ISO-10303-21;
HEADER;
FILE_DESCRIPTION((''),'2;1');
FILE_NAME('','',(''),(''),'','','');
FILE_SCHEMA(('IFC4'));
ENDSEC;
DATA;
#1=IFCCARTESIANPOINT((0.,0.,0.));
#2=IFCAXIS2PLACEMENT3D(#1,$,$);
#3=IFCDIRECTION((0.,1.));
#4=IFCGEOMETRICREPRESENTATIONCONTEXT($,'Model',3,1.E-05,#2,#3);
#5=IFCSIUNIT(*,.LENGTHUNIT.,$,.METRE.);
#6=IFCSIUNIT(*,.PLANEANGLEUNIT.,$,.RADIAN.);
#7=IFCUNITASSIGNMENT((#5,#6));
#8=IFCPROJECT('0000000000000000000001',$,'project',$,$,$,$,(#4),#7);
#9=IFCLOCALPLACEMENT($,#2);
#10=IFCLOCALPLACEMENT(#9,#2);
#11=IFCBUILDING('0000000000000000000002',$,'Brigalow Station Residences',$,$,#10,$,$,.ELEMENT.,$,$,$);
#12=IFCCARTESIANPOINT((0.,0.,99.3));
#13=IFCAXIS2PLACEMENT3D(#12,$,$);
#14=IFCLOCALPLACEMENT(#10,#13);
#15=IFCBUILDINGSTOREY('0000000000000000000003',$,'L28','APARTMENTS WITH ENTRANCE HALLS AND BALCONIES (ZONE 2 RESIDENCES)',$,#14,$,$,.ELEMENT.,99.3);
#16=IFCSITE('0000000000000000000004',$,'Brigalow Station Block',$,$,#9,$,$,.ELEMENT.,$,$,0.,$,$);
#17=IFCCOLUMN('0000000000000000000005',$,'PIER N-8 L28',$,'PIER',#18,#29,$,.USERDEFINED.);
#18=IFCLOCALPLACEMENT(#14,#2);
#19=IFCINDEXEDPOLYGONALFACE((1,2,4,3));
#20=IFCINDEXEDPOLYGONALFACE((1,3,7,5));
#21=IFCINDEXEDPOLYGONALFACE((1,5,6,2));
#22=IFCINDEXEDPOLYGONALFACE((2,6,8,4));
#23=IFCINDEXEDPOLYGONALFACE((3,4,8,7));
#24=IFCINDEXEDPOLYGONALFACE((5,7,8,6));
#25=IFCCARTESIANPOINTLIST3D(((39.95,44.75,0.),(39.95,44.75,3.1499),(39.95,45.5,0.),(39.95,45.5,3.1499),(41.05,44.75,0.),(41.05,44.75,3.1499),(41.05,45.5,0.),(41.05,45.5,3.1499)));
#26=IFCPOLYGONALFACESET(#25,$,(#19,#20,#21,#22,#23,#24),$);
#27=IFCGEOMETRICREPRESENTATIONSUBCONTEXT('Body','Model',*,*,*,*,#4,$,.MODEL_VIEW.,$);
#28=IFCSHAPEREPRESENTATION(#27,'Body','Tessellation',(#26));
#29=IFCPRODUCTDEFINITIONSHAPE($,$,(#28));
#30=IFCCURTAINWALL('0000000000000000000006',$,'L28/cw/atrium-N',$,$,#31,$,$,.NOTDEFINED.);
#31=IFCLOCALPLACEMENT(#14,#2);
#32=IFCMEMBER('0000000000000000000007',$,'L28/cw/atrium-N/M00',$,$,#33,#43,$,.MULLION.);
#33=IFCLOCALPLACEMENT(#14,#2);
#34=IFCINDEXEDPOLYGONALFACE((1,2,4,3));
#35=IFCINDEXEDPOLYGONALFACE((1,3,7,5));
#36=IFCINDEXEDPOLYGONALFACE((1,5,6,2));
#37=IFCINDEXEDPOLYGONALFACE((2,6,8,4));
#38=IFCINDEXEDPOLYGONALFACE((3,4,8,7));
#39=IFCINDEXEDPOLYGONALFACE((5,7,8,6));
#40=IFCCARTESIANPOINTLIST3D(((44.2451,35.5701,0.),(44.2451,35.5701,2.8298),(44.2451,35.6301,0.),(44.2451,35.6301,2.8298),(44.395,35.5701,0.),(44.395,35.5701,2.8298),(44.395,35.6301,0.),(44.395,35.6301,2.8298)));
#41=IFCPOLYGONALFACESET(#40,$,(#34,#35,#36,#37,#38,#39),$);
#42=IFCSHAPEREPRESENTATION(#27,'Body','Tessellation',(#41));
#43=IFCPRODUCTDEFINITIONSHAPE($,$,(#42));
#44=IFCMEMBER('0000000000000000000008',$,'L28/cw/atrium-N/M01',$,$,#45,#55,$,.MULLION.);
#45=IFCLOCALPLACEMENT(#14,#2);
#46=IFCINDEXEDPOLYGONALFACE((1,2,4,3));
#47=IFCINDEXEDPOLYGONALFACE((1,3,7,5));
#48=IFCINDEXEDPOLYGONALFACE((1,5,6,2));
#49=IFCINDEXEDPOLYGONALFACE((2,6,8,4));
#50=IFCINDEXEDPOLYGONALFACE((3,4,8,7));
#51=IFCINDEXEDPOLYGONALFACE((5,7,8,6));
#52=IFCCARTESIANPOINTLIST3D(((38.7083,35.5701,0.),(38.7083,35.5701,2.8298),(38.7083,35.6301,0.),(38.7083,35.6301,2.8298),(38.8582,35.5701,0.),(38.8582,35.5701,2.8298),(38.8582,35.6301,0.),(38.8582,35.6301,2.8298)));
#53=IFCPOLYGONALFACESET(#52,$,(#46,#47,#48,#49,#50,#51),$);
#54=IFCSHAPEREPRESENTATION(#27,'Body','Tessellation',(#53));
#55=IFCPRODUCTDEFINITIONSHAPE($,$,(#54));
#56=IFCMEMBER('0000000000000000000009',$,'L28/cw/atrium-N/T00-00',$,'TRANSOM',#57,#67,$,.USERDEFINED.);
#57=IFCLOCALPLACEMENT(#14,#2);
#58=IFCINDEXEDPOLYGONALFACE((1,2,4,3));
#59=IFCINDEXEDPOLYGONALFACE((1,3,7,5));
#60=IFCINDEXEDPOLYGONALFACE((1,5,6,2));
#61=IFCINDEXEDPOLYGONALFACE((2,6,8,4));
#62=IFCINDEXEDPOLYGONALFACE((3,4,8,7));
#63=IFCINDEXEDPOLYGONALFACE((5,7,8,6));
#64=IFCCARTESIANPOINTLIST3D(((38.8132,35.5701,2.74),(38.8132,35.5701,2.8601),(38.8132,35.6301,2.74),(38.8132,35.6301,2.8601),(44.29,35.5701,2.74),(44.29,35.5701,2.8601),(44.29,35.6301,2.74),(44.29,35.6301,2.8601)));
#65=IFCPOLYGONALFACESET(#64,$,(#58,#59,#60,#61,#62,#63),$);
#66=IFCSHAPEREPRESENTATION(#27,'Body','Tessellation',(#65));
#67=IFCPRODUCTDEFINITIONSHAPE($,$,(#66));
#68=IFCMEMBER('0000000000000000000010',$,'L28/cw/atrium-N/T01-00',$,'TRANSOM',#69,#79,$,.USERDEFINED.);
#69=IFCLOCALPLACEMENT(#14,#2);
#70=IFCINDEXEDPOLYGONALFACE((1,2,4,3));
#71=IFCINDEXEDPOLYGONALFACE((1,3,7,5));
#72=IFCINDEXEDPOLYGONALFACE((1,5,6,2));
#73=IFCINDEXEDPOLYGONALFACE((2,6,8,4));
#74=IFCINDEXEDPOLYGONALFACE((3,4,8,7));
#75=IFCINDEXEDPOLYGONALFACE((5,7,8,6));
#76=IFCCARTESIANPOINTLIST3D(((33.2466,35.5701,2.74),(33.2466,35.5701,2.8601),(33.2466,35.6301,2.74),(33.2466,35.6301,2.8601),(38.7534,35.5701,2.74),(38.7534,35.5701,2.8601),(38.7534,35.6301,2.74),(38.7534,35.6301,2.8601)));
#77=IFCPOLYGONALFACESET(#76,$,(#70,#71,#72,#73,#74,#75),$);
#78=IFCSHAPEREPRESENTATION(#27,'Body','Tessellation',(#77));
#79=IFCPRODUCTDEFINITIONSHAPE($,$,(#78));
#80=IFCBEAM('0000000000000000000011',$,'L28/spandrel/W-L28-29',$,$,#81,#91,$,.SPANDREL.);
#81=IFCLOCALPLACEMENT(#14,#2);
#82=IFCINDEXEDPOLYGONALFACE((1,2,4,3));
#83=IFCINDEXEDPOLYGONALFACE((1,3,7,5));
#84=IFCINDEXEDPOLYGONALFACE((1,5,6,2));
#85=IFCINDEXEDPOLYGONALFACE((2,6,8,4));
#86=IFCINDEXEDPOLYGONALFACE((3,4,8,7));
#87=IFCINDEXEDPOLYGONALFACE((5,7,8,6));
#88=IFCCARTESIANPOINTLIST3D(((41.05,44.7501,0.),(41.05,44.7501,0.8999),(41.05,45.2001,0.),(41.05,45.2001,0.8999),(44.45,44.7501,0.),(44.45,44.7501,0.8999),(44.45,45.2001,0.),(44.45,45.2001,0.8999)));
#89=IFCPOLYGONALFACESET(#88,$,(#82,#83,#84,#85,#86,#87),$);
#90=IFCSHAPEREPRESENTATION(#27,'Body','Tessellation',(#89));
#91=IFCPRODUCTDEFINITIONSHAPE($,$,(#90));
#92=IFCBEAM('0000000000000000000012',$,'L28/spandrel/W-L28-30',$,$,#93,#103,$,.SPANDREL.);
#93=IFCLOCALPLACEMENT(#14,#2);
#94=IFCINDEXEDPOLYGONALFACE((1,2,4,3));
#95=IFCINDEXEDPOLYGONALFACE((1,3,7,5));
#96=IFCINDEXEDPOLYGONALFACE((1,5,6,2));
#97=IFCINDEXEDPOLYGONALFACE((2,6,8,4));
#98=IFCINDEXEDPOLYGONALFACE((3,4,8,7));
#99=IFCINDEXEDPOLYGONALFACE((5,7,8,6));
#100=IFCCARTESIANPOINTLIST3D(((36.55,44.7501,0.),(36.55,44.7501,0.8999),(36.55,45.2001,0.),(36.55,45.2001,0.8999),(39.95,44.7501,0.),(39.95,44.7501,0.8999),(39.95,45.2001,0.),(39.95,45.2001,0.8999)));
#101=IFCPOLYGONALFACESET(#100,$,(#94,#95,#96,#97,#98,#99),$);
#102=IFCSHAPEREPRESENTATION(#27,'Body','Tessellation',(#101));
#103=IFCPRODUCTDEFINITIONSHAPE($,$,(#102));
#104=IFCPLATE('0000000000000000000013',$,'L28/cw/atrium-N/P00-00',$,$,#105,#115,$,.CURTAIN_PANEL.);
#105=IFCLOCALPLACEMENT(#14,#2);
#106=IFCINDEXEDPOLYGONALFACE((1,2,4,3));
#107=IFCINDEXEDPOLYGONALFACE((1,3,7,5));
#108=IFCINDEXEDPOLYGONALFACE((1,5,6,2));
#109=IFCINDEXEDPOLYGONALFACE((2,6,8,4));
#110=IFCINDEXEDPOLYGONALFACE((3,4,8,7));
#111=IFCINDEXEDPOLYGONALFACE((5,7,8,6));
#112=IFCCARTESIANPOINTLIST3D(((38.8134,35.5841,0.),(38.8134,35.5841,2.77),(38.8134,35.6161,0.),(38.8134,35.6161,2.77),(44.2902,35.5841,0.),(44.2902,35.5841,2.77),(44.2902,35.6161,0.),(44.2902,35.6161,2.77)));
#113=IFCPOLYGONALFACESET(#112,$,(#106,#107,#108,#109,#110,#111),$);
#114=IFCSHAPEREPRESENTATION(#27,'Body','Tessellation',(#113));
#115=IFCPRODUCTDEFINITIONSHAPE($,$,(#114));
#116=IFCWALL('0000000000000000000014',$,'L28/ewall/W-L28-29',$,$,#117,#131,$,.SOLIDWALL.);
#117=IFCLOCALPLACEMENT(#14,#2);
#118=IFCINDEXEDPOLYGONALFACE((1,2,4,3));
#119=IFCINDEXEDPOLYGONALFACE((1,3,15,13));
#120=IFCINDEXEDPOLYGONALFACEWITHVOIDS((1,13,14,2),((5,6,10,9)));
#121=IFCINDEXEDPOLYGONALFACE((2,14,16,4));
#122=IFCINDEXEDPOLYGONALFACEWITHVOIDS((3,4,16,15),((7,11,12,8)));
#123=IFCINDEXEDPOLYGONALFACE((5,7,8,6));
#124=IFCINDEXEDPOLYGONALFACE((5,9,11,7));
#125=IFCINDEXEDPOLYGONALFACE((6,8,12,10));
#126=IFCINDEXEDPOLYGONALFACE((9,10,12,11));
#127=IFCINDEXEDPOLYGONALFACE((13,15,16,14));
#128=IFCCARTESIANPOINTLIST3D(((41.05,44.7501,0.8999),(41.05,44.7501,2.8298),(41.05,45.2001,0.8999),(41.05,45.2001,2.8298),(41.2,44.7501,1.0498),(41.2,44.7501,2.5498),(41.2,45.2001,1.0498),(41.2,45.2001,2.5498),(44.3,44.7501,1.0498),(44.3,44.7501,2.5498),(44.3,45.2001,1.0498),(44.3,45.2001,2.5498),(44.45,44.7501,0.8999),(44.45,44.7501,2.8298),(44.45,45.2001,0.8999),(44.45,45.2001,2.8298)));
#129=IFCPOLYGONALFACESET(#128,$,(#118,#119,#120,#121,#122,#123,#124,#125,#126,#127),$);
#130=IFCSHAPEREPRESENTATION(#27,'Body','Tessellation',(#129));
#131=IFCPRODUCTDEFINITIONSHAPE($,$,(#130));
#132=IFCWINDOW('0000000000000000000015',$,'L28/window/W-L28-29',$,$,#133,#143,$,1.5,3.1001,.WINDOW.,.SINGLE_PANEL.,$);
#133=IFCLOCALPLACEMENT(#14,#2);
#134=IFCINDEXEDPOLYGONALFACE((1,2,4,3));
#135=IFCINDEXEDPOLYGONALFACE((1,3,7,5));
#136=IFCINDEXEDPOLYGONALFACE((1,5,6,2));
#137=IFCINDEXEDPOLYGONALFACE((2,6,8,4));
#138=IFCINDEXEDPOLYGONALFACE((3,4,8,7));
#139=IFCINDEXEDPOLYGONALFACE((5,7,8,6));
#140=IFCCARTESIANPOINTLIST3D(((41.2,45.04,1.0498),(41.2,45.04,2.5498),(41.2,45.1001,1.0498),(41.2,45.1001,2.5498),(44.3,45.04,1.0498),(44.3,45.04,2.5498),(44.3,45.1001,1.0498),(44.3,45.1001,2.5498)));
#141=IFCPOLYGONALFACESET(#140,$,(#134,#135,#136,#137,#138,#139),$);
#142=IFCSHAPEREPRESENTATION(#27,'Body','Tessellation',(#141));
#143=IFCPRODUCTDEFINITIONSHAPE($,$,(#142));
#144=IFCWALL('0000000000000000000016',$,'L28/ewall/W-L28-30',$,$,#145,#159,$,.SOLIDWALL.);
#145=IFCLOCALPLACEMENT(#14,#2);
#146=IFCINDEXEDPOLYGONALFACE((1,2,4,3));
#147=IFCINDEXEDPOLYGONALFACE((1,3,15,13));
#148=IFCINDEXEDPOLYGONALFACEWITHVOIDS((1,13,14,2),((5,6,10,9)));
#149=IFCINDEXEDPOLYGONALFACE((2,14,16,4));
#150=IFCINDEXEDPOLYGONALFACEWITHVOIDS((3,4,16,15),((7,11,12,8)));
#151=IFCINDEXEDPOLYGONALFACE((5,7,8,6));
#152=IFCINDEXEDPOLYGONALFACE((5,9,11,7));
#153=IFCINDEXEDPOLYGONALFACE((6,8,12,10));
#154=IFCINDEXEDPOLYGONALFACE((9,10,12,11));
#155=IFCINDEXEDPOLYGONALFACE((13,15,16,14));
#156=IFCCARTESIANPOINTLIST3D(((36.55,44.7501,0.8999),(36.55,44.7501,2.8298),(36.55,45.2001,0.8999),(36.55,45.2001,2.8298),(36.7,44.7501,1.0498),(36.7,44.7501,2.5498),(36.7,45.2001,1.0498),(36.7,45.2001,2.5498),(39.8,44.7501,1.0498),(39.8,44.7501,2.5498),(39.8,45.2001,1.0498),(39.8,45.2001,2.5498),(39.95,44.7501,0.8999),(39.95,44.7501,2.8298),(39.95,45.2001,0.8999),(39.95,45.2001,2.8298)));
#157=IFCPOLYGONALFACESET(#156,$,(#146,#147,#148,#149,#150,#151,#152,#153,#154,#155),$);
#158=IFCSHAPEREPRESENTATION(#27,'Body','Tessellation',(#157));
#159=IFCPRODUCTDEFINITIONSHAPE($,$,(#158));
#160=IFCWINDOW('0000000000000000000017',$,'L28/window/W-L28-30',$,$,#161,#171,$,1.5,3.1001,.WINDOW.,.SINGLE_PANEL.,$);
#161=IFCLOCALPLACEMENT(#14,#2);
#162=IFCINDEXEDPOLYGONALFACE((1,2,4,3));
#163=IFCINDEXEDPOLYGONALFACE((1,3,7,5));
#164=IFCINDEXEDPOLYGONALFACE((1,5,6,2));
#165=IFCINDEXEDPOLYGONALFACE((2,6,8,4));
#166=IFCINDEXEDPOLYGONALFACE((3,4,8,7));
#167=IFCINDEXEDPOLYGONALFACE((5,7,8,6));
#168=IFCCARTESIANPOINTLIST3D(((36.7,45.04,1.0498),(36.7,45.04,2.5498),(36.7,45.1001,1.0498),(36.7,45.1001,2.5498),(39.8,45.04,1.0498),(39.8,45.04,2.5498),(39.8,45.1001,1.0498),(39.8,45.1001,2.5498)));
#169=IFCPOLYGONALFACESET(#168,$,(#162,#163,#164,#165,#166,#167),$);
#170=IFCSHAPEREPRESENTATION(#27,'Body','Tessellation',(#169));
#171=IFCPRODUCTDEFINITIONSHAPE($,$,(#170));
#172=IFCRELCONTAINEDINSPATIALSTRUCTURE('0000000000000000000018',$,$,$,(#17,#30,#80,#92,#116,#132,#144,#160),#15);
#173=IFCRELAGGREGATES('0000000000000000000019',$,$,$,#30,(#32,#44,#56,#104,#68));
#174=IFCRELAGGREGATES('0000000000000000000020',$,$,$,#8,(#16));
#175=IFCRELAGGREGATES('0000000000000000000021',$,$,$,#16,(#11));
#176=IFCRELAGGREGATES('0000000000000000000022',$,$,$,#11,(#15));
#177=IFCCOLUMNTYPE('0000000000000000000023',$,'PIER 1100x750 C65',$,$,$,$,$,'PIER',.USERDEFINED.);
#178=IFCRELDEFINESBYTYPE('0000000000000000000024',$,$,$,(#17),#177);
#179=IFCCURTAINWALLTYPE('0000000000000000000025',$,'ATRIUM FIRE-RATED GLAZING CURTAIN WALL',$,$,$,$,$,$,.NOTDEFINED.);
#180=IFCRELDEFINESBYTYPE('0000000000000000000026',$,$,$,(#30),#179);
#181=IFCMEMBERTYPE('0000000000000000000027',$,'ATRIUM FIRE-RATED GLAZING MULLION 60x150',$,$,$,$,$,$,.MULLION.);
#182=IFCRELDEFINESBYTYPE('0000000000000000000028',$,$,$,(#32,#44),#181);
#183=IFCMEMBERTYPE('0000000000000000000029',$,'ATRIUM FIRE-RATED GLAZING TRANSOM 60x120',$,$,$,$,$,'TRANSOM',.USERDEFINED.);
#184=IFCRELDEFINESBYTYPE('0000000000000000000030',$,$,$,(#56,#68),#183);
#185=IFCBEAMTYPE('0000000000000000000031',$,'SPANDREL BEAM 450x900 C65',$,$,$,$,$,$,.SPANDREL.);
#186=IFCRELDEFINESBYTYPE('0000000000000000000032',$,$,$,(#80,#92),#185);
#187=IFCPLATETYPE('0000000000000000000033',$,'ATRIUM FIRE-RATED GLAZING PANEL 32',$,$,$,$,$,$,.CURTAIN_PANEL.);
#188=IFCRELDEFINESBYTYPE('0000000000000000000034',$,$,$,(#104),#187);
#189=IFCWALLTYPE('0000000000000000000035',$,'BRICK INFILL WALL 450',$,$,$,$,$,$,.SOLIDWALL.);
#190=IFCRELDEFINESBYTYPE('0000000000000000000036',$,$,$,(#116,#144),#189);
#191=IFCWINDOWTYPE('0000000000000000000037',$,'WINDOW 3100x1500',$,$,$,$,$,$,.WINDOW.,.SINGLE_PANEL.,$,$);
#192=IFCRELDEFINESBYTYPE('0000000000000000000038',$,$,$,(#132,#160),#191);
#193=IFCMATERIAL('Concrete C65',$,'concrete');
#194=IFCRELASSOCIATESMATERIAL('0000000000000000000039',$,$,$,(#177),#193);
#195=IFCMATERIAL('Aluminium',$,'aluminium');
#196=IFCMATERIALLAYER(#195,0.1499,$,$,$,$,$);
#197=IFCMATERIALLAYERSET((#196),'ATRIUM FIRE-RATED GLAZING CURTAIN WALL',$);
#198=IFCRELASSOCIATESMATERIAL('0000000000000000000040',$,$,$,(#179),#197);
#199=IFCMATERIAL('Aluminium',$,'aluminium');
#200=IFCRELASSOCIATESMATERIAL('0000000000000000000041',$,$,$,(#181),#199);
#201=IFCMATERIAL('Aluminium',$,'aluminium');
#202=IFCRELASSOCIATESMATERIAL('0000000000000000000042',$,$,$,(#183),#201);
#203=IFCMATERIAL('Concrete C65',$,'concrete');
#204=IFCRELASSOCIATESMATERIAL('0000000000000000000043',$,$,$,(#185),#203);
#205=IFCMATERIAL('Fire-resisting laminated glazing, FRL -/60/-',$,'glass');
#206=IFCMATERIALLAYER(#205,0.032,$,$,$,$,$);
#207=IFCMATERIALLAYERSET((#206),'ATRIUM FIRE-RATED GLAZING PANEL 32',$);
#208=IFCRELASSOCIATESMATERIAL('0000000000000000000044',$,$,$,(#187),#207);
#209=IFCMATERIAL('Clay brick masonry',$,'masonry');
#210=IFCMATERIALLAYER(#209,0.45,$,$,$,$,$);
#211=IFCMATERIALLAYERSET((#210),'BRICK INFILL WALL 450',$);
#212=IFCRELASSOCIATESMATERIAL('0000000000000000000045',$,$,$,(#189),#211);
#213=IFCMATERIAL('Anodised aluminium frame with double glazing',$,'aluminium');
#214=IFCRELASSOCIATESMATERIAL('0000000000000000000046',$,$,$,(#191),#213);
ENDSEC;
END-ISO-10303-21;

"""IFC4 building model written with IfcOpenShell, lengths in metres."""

from ifc_helpers import new_model, si_unit, direction, frame, frame_2d, origin, origin_2d, place, context, subcontext, project, spatial, rectangle, extrude, material, layer, layer_set, material_profile, profile_set, type_object, element, fill, aggregate, save


model = new_model("IFC4")

# Units and contexts
model_context = context("Model", 3, precision=1e-05, world=origin(), true_north=direction((0.0, 1.0)))
body_context = subcontext(model_context, "Body", "Model", "MODEL_VIEW")
ifc_project = project(units=[si_unit("LENGTHUNIT", "METRE"), si_unit("PLANEANGLEUNIT", "RADIAN")], contexts=[model_context])

# Site, building, storey
site_placement = place(None, origin())
site = spatial("IfcSite", under=ifc_project, at=site_placement, Name="Brigalow Station Block", CompositionType="ELEMENT", RefElevation=0.0)
building_placement = place(site_placement, origin())
building = spatial("IfcBuilding", under=site, at=building_placement, Name="Brigalow Station Residences", CompositionType="ELEMENT")
storey_placement = place(building_placement, frame((0.0, 0.0, 99.3)))
storey = spatial("IfcBuildingStorey", under=building, at=storey_placement, Name="L28", Description="APARTMENTS WITH ENTRANCE HALLS AND BALCONIES (ZONE 2 RESIDENCES)", CompositionType="ELEMENT", Elevation=99.3)

# Column
ifc_material_1 = material(Name="Concrete C65", Category="concrete")
ifc_material_profile_1 = material_profile(ifc_material_1, rectangle(XDim=1.1001, YDim=0.75, at=origin_2d()), Name="RC1100x750")
ifc_profile_set_1 = profile_set([ifc_material_profile_1], Name="Concrete C65")
column_type = type_object("IfcColumnType", Name="PIER 1100x750 C65", ElementType="PIER", PredefinedType="USERDEFINED", material=ifc_profile_set_1)
column_placement = place(storey_placement, frame((40.5, 45.125, 0.0), z_axis=(0.0, 0.0, 1.0), x_axis=(-1.0, 0.0, 0.0)))
element("IfcColumn", 1, at=column_placement, inside=storey, type_object=column_type, Name="PIER N-8 L28", ObjectType="PIER", PredefinedType="USERDEFINED", context=body_context, shape_type="SweptSolid", body=[
    extrude(rectangle(XDim=1.1001, YDim=0.75, at=origin_2d()), origin(), (0.0, 0.0, 1.0), 3.1499),
])

# Curtain wall, members
ifc_material_2 = material(Name="Aluminium", Category="aluminium")
ifc_layer_1 = layer(ifc_material_2, 0.1499)
ifc_layer_set_1 = layer_set([ifc_layer_1], Name="ATRIUM FIRE-RATED GLAZING CURTAIN WALL")
curtain_wall_type = type_object("IfcCurtainWallType", Name="ATRIUM FIRE-RATED GLAZING CURTAIN WALL", PredefinedType="NOTDEFINED", material=ifc_layer_set_1)
curtain_wall_placement = place(storey_placement, origin())
curtain_wall = element("IfcCurtainWall", 2, at=curtain_wall_placement, inside=storey, type_object=curtain_wall_type, Name="L28/cw/atrium-N", PredefinedType="NOTDEFINED")
ifc_material_3 = material(Name="Aluminium", Category="aluminium")
ifc_material_profile_2 = material_profile(ifc_material_3, rectangle(XDim=0.0601, YDim=0.1499, at=origin_2d()), Name="ATRIUM FIRE-RATED GLAZING MULLION 60x150")
ifc_profile_set_2 = profile_set([ifc_material_profile_2], Name="Aluminium")
member_type_1 = type_object("IfcMemberType", Name="ATRIUM FIRE-RATED GLAZING MULLION 60x150", PredefinedType="MULLION", material=ifc_profile_set_2)
member_1_placement = place(storey_placement, frame((44.3201, 35.6001, 0.0), z_axis=(0.0, 0.0, 1.0), x_axis=(0.0, -1.0, 0.0)))
member_1 = element("IfcMember", 3, at=member_1_placement, type_object=member_type_1, Name="L28/cw/atrium-N/M00", PredefinedType="MULLION", context=body_context, shape_type="SweptSolid", body=[
    extrude(rectangle(XDim=0.0601, YDim=0.1499, at=origin_2d()), origin(), (0.0, 0.0, 1.0), 2.8298),
])
member_2_placement = place(storey_placement, frame((38.7832, 35.6001, 0.0), z_axis=(0.0, 0.0, 1.0), x_axis=(0.0, -1.0, 0.0)))
member_2 = element("IfcMember", 4, at=member_2_placement, type_object=member_type_1, Name="L28/cw/atrium-N/M01", PredefinedType="MULLION", context=body_context, shape_type="SweptSolid", body=[
    extrude(rectangle(XDim=0.0601, YDim=0.1499, at=origin_2d()), origin(), (0.0, 0.0, 1.0), 2.8298),
])
ifc_material_4 = material(Name="Aluminium", Category="aluminium")
ifc_material_profile_3 = material_profile(ifc_material_4, rectangle(XDim=0.0601, YDim=0.1201, at=origin_2d()), Name="ATRIUM FIRE-RATED GLAZING TRANSOM 60x120")
ifc_profile_set_3 = profile_set([ifc_material_profile_3], Name="Aluminium")
member_type_2 = type_object("IfcMemberType", Name="ATRIUM FIRE-RATED GLAZING TRANSOM 60x120", ElementType="TRANSOM", PredefinedType="USERDEFINED", material=ifc_profile_set_3)
member_3_placement = place(storey_placement, frame((44.29, 35.6001, 2.8), z_axis=(-1.0, 0.0, 0.0), x_axis=(0.0, -1.0, 0.0)))
member_3 = element("IfcMember", 5, at=member_3_placement, type_object=member_type_2, Name="L28/cw/atrium-N/T00-00", ObjectType="TRANSOM", PredefinedType="USERDEFINED", context=body_context, shape_type="SweptSolid", body=[
    extrude(rectangle(XDim=0.0601, YDim=0.1201, at=origin_2d()), origin(), (0.0, 0.0, 1.0), 5.4768),
])
member_4_placement = place(storey_placement, frame((38.7534, 35.6001, 2.8), z_axis=(-1.0, 0.0, 0.0), x_axis=(0.0, -1.0, 0.0)))
member_4 = element("IfcMember", 6, at=member_4_placement, type_object=member_type_2, Name="L28/cw/atrium-N/T01-00", ObjectType="TRANSOM", PredefinedType="USERDEFINED", context=body_context, shape_type="SweptSolid", body=[
    extrude(rectangle(XDim=0.0601, YDim=0.1201, at=origin_2d()), origin(), (0.0, 0.0, 1.0), 5.5068),
])

# Beams
ifc_material_5 = material(Name="Concrete C65", Category="concrete")
ifc_material_profile_4 = material_profile(ifc_material_5, rectangle(XDim=0.45, YDim=0.8999, at=origin_2d()), Name="RC450x900")
ifc_profile_set_4 = profile_set([ifc_material_profile_4], Name="Concrete C65")
beam_type = type_object("IfcBeamType", Name="SPANDREL BEAM 450x900 C65", PredefinedType="SPANDREL", material=ifc_profile_set_4)
for number, where, z_axis, x_axis, name in (
    (7, (44.45, 44.9751, 0.45), (-1.0, 0.0, 0.0), (0.0, -1.0, 0.0), "L28/spandrel/W-L28-29"),
    (8, (39.95, 44.9751, 0.45), (-1.0, 0.0, 0.0), (0.0, -1.0, 0.0), "L28/spandrel/W-L28-30"),
):
    element("IfcBeam", number, at=place(storey_placement, frame(where, z_axis=z_axis, x_axis=x_axis)), inside=storey, type_object=beam_type, Name=name, PredefinedType="SPANDREL", context=body_context, shape_type="SweptSolid", body=[
        extrude(rectangle(XDim=0.45, YDim=0.8999, at=origin_2d()), origin(), (0.0, 0.0, 1.0), 3.3999),
    ])

# Plate
ifc_material_6 = material(Name="Fire-resisting laminated glazing, FRL -/60/-", Category="glass")
ifc_layer_2 = layer(ifc_material_6, 0.032)
ifc_layer_set_2 = layer_set([ifc_layer_2], Name="ATRIUM FIRE-RATED GLAZING PANEL 32")
plate_type = type_object("IfcPlateType", Name="ATRIUM FIRE-RATED GLAZING PANEL 32", PredefinedType="CURTAIN_PANEL", material=ifc_layer_set_2)
plate_placement = place(storey_placement, frame((41.5518, 35.6001, 0.0), z_axis=(0.0, 0.0, 1.0), x_axis=(-1.0, 0.0, 0.0)))
plate = element("IfcPlate", 9, at=plate_placement, type_object=plate_type, Name="L28/cw/atrium-N/P00-00", PredefinedType="CURTAIN_PANEL", context=body_context, shape_type="SweptSolid", body=[
    extrude(rectangle(XDim=5.4768, YDim=0.032, at=origin_2d()), origin(), (0.0, 0.0, 1.0), 2.77),
])
aggregate(curtain_wall, [member_1, member_2, member_3, plate, member_4])

# Walls, openings, windows
ifc_material_7 = material(Name="Clay brick masonry", Category="masonry")
ifc_layer_3 = layer(ifc_material_7, 0.45)
ifc_layer_set_3 = layer_set([ifc_layer_3], Name="BRICK INFILL WALL 450")
wall_type = type_object("IfcWallType", Name="BRICK INFILL WALL 450", PredefinedType="SOLIDWALL", material=ifc_layer_set_3)
wall_1_placement = place(storey_placement, frame((44.45, 44.9751, 0.8999), z_axis=(0.0, 0.0, 1.0), x_axis=(-1.0, 0.0, 0.0)))
wall_1 = element("IfcWall", 10, at=wall_1_placement, inside=storey, type_object=wall_type, Name="L28/ewall/W-L28-29", PredefinedType="SOLIDWALL", context=body_context, shape_type="SweptSolid", body=[
    extrude(rectangle(XDim=3.3999, YDim=0.45, at=frame_2d((1.7, 0.0))), origin(), (0.0, 0.0, 1.0), 1.9299),
])
opening_1_placement = place(wall_1_placement, frame((0.1499, 0.0, 0.1499)))
opening_1 = element("IfcOpeningElement", 11, at=opening_1_placement, cuts=wall_1, PredefinedType="OPENING", context=body_context, shape_type="SweptSolid", body=[
    extrude(rectangle(XDim=3.1001, YDim=1.5, at=frame_2d((1.55, 0.75))), frame((0.0, 0.2349, 0.0), z_axis=(0.0, -1.0, 0.0), x_axis=(1.0, 0.0, 0.0)), (0.0, 0.0, 1.0), 0.47),
])
ifc_material_8 = material(Name="Anodised aluminium frame with double glazing", Category="aluminium")
window_type = type_object("IfcWindowType", Name="WINDOW 3100x1500", PartitioningType="SINGLE_PANEL", PredefinedType="WINDOW", material=ifc_material_8)
window_1_placement = place(opening_1_placement, origin())
window_1 = element("IfcWindow", 12, at=window_1_placement, inside=storey, type_object=window_type, Name="L28/window/W-L28-29", OverallHeight=1.5, OverallWidth=3.1001, PartitioningType="SINGLE_PANEL", PredefinedType="WINDOW", context=body_context, shape_type="SweptSolid", body=[
    extrude(rectangle(XDim=3.1001, YDim=1.5, at=frame_2d((1.55, 0.75))), frame((0.0, -0.0649, 0.0), z_axis=(0.0, -1.0, 0.0), x_axis=(1.0, 0.0, 0.0)), (0.0, 0.0, 1.0), 0.0601),
])
fill(opening_1, window_1)
wall_2_placement = place(storey_placement, frame((39.95, 44.9751, 0.8999), z_axis=(0.0, 0.0, 1.0), x_axis=(-1.0, 0.0, 0.0)))
wall_2 = element("IfcWall", 13, at=wall_2_placement, inside=storey, type_object=wall_type, Name="L28/ewall/W-L28-30", PredefinedType="SOLIDWALL", context=body_context, shape_type="SweptSolid", body=[
    extrude(rectangle(XDim=3.3999, YDim=0.45, at=frame_2d((1.7, 0.0))), origin(), (0.0, 0.0, 1.0), 1.9299),
])
opening_2_placement = place(wall_2_placement, frame((0.1499, 0.0, 0.1499)))
opening_2 = element("IfcOpeningElement", 14, at=opening_2_placement, cuts=wall_2, PredefinedType="OPENING", context=body_context, shape_type="SweptSolid", body=[
    extrude(rectangle(XDim=3.1001, YDim=1.5, at=frame_2d((1.55, 0.75))), frame((0.0, 0.2349, 0.0), z_axis=(0.0, -1.0, 0.0), x_axis=(1.0, 0.0, 0.0)), (0.0, 0.0, 1.0), 0.47),
])
window_2_placement = place(opening_2_placement, origin())
window_2 = element("IfcWindow", 15, at=window_2_placement, inside=storey, type_object=window_type, Name="L28/window/W-L28-30", OverallHeight=1.5, OverallWidth=3.1001, PartitioningType="SINGLE_PANEL", PredefinedType="WINDOW", context=body_context, shape_type="SweptSolid", body=[
    extrude(rectangle(XDim=3.1001, YDim=1.5, at=frame_2d((1.55, 0.75))), frame((0.0, -0.0649, 0.0), z_axis=(0.0, -1.0, 0.0), x_axis=(1.0, 0.0, 0.0)), (0.0, 0.0, 1.0), 0.0601),
])
fill(opening_2, window_2)

save(model, "model.ifc")
